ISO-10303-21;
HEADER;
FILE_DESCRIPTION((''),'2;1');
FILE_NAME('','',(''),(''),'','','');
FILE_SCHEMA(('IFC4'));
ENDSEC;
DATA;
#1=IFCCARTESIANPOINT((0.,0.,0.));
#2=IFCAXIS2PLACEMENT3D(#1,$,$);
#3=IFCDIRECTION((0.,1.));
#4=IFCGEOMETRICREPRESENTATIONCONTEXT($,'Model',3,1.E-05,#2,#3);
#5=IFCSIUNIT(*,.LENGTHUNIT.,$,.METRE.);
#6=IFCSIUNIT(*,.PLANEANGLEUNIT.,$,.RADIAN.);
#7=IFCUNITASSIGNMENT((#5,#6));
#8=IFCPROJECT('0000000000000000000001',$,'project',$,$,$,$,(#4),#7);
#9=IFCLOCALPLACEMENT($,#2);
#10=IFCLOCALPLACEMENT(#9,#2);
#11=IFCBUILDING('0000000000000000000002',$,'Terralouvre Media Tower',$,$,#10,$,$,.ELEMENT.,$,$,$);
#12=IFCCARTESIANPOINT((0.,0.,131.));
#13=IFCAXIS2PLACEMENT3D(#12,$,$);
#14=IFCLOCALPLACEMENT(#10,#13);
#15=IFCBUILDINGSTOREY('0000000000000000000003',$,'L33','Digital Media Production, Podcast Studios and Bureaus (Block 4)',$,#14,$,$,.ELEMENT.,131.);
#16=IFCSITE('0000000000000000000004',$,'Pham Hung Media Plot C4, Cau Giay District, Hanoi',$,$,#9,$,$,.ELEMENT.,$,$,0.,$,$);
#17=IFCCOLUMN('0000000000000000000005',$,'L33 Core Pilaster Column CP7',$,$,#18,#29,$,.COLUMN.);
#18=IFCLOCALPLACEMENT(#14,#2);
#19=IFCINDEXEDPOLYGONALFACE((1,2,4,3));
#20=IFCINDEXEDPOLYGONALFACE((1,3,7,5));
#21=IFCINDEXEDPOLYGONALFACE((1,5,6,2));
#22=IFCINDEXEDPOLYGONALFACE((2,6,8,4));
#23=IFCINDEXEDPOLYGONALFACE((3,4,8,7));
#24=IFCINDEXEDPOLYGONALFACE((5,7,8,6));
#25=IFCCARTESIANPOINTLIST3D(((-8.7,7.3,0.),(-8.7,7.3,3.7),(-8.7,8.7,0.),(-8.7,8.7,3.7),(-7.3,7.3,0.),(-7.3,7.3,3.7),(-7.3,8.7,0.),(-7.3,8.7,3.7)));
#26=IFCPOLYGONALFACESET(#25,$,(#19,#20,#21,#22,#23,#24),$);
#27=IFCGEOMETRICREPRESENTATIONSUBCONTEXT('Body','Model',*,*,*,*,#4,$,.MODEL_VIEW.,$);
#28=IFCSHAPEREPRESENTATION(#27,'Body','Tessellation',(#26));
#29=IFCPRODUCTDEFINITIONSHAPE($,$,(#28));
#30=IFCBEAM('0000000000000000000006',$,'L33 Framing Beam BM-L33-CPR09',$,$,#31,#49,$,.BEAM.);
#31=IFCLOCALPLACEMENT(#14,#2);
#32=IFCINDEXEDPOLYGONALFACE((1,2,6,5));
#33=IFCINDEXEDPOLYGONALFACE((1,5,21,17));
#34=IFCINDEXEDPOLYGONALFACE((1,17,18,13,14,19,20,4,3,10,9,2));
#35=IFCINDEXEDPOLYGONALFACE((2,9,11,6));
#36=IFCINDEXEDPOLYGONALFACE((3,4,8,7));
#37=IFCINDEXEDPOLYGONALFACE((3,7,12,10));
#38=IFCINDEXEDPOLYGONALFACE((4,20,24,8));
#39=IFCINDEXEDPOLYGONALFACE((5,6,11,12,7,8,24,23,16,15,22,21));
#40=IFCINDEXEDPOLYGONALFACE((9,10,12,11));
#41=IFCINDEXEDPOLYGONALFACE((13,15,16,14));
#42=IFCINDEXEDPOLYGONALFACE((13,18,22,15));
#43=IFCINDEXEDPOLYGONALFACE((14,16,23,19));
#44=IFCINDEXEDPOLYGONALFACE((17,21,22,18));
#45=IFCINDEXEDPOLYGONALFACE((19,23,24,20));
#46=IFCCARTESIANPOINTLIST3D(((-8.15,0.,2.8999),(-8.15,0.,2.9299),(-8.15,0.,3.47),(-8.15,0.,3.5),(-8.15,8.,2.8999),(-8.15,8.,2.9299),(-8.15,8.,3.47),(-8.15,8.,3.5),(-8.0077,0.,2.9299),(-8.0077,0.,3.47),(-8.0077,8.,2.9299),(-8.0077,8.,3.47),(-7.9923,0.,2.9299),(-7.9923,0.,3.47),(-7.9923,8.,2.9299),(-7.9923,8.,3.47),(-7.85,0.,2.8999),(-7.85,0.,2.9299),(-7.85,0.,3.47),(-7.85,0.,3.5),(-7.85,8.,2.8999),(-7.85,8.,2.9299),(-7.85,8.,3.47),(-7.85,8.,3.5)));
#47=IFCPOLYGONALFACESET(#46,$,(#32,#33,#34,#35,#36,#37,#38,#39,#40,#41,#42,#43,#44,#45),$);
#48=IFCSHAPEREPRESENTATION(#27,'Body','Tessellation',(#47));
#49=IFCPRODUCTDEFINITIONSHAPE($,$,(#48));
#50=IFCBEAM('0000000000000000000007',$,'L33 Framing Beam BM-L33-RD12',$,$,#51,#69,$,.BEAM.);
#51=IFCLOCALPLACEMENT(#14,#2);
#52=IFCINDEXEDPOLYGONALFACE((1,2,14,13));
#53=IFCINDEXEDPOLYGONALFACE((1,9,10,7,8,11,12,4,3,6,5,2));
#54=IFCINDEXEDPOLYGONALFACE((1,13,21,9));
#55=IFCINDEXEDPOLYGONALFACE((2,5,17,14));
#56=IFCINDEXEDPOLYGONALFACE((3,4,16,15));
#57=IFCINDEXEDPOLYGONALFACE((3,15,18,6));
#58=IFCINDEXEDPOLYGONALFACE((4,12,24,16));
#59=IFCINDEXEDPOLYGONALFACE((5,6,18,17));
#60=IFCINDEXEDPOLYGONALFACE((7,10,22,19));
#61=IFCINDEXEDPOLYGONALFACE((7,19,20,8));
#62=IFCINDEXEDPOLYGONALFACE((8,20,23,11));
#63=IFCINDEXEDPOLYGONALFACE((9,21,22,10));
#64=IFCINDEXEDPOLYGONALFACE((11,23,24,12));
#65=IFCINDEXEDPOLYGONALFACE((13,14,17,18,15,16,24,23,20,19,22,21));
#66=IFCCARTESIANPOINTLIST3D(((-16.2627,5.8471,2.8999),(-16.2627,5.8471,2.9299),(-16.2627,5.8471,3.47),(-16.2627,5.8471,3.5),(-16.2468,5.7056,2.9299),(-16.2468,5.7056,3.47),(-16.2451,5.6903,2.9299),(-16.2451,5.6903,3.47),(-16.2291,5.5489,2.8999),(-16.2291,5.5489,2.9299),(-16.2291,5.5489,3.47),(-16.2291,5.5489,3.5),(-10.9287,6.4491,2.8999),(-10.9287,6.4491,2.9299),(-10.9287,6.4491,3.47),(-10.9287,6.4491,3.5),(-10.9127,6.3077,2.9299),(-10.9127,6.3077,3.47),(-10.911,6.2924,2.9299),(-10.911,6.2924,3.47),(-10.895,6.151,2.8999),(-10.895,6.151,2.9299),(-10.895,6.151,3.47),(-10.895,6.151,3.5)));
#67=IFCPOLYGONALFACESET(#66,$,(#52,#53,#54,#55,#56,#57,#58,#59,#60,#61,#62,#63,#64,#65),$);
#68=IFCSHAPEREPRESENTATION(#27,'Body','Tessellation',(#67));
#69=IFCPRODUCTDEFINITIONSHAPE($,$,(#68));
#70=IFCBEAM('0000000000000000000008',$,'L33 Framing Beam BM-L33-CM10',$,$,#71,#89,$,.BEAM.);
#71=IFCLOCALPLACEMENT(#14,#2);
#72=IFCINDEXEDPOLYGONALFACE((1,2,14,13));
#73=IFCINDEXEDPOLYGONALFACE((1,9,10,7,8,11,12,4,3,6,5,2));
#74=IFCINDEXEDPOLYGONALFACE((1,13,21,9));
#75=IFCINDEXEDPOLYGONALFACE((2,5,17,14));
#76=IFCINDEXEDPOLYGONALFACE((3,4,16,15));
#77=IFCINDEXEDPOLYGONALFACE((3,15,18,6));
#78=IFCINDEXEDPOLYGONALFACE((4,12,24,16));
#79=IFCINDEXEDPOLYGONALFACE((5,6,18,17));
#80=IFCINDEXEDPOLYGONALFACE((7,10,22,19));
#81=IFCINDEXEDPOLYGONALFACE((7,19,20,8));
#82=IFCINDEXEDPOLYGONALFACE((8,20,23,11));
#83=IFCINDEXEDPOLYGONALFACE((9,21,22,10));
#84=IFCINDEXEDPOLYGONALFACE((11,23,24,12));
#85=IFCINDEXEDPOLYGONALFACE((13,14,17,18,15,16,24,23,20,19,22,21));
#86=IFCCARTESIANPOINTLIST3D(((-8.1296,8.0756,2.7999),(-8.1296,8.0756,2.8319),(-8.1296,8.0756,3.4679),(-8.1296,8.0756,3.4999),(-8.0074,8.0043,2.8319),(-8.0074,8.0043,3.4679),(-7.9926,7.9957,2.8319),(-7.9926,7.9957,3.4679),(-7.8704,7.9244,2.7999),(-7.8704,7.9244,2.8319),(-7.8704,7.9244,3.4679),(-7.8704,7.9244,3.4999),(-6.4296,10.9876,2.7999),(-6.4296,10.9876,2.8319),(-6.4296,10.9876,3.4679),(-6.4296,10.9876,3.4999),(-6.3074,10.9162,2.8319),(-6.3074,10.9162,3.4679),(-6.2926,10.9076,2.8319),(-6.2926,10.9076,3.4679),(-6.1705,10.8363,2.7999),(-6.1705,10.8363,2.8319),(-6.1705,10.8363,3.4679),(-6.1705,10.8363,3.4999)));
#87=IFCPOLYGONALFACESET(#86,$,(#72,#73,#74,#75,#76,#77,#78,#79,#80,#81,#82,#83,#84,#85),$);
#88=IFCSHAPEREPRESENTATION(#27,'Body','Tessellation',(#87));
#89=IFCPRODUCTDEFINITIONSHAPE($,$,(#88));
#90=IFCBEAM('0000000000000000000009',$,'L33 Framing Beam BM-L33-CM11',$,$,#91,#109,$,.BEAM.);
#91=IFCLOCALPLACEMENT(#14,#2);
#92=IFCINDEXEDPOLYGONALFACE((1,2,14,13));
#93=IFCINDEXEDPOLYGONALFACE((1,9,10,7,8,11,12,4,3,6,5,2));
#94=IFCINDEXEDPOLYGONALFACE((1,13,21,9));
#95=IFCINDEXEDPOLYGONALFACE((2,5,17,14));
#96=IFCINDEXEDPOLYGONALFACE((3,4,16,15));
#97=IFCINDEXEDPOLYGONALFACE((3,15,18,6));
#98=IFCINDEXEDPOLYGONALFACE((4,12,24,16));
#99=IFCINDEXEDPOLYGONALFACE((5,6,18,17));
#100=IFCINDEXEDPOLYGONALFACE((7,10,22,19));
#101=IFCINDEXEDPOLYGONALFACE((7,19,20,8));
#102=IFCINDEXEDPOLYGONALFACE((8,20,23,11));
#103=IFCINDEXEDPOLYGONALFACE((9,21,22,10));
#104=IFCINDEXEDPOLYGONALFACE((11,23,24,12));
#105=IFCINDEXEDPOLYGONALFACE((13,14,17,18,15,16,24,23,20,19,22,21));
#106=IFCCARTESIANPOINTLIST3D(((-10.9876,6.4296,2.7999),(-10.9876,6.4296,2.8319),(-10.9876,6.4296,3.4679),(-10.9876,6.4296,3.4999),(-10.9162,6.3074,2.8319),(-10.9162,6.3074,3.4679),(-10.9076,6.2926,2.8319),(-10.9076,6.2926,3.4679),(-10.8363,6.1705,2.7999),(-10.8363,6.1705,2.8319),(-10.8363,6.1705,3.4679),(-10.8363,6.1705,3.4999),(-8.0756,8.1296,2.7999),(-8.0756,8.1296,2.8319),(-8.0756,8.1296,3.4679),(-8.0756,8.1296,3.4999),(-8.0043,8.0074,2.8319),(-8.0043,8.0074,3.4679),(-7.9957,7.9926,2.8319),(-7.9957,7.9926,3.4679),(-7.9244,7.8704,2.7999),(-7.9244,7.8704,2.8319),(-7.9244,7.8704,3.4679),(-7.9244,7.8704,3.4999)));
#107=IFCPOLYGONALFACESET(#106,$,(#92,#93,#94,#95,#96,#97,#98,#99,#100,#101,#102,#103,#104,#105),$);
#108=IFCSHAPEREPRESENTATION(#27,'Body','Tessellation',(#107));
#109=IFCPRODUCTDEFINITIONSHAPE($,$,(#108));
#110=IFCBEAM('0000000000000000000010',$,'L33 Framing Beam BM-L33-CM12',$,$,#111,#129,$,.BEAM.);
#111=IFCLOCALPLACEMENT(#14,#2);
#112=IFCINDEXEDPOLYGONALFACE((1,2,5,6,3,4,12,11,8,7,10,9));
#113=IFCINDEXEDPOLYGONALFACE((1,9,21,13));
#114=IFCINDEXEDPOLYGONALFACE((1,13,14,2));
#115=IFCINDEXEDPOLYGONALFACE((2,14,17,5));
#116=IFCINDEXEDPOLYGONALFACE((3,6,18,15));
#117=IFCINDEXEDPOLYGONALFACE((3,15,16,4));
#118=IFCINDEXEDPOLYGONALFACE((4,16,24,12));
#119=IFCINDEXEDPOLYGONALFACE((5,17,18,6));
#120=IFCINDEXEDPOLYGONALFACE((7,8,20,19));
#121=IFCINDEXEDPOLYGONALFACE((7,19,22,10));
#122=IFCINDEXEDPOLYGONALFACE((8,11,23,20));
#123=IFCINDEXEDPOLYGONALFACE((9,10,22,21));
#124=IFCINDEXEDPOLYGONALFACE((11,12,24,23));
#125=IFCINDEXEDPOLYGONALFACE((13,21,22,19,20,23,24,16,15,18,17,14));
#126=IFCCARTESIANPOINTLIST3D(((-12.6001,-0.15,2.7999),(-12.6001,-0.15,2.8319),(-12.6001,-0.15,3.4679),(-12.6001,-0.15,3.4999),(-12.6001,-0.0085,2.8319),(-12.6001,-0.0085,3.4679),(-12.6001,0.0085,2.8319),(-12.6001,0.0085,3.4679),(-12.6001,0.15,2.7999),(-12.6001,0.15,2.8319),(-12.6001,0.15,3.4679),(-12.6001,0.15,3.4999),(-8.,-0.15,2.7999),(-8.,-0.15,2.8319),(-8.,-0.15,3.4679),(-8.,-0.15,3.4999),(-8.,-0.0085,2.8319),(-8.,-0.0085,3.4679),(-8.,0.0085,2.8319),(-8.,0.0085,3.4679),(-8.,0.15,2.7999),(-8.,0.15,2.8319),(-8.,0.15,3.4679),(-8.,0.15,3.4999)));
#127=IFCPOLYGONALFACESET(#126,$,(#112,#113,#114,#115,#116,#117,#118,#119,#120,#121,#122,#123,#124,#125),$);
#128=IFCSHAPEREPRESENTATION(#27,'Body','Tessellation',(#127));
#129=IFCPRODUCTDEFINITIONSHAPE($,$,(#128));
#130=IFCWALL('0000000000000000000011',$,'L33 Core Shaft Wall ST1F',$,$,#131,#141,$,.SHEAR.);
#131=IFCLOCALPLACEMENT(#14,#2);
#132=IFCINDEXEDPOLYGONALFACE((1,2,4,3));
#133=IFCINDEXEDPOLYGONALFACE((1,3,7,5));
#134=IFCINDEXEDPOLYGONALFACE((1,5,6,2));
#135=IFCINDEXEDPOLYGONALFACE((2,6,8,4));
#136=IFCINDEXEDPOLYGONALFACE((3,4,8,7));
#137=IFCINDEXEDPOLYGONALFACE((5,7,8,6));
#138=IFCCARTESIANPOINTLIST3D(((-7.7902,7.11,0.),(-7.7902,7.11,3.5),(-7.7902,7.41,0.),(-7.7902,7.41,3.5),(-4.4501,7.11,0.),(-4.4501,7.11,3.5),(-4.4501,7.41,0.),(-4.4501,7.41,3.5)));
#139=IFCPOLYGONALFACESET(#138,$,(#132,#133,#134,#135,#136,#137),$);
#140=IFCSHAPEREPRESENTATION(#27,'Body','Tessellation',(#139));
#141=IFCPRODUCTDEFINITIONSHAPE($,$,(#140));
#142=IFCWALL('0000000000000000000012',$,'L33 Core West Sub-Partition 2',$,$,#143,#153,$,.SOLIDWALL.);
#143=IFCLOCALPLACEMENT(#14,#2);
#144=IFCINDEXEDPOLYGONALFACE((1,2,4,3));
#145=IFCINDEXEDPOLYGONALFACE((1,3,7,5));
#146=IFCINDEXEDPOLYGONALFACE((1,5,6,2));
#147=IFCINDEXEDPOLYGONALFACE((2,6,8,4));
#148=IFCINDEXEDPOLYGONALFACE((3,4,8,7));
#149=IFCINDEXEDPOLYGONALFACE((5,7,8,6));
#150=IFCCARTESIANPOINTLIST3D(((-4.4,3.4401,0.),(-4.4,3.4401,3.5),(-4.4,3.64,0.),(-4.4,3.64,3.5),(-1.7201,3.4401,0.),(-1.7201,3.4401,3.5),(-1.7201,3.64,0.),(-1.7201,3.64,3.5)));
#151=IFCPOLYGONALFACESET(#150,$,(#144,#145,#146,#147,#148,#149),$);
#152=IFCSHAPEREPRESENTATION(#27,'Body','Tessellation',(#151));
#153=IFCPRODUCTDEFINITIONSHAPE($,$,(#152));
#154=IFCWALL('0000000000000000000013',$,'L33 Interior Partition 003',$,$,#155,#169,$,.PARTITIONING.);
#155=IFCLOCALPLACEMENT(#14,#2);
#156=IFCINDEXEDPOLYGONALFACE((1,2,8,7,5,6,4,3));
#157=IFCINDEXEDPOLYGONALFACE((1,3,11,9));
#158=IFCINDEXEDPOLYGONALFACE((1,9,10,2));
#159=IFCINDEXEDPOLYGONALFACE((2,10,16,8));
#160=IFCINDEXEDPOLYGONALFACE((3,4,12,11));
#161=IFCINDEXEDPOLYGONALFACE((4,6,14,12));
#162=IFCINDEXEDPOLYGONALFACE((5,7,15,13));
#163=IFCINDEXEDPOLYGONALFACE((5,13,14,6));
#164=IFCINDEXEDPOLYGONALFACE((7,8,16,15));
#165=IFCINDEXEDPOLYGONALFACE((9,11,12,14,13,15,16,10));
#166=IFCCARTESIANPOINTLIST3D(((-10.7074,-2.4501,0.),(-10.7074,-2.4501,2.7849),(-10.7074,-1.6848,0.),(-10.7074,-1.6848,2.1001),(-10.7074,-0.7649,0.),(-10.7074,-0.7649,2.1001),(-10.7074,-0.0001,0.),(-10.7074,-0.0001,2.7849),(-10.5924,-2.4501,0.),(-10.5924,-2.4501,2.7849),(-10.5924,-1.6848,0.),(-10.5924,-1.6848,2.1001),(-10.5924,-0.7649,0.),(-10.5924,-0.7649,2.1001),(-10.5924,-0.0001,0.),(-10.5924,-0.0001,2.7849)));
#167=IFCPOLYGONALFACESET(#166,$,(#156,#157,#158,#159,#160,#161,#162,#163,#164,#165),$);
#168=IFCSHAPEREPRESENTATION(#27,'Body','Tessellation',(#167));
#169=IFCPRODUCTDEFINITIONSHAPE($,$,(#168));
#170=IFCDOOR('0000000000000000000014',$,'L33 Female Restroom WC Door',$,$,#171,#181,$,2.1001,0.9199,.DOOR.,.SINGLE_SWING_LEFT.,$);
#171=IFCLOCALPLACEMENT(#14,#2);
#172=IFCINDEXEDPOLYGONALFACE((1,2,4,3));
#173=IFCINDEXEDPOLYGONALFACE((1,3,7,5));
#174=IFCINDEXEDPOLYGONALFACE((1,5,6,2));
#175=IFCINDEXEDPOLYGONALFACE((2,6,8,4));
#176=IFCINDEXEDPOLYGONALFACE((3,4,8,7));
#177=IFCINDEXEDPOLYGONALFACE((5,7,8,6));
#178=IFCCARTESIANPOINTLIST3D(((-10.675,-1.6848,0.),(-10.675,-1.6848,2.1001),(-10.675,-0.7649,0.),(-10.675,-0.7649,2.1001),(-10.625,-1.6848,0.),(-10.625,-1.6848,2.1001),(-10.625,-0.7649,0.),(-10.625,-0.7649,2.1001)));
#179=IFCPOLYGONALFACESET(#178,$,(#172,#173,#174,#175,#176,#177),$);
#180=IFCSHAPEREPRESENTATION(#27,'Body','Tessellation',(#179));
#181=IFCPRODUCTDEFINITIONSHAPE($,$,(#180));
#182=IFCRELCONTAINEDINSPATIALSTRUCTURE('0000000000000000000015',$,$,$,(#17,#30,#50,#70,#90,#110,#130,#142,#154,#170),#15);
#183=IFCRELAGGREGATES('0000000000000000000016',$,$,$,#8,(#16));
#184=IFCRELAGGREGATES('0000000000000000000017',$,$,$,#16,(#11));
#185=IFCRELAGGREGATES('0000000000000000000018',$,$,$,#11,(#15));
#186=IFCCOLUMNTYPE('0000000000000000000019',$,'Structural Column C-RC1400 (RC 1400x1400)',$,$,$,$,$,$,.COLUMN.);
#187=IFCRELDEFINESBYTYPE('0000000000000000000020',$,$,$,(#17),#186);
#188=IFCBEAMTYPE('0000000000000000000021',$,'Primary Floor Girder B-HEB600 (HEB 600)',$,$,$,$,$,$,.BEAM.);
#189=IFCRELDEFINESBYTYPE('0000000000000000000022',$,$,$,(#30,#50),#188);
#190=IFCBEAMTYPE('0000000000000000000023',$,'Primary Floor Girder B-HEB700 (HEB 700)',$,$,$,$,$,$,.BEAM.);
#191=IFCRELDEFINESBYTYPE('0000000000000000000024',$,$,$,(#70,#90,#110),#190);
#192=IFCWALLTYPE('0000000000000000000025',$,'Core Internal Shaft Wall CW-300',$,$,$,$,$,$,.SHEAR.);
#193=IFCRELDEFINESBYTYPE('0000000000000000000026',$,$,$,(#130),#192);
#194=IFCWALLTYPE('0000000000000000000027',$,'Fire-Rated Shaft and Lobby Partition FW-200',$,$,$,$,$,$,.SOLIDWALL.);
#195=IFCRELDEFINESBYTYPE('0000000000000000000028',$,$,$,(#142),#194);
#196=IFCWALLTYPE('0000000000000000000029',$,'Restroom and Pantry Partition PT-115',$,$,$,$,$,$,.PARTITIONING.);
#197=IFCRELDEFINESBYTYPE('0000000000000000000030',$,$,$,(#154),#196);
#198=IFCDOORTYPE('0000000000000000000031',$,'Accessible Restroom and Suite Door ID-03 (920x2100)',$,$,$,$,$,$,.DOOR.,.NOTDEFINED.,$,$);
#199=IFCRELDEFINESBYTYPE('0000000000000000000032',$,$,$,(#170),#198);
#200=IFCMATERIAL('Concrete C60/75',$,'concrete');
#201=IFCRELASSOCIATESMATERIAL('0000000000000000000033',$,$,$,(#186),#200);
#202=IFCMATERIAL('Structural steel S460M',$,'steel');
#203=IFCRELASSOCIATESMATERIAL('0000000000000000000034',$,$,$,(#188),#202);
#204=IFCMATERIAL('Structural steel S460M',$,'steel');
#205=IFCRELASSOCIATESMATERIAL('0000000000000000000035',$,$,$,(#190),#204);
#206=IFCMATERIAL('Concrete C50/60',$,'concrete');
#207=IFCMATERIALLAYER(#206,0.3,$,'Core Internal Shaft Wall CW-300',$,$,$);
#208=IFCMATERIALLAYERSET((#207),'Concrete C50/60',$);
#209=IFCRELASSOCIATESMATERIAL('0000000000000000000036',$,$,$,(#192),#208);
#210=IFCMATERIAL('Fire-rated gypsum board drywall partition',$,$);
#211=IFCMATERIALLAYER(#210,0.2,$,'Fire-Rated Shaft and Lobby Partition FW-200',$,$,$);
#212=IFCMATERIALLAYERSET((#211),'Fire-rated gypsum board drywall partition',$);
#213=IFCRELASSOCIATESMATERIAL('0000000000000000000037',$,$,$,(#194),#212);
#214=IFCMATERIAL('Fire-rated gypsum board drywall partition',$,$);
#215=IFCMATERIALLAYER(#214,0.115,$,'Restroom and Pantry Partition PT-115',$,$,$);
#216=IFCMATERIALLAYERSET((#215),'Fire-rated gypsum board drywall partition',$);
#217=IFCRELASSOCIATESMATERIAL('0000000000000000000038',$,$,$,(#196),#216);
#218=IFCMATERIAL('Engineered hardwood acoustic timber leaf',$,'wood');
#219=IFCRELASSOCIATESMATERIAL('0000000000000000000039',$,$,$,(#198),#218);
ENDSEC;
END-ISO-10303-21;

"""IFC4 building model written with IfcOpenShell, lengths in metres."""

from ifc_helpers import new_model, si_unit, direction, frame, frame_2d, origin, origin_2d, place, context, subcontext, project, spatial, rectangle, i_section, extrude, material, layer, layer_set, material_profile, profile_set, type_object, element, fill, save


model = new_model("IFC4")

# Units and contexts
model_context = context("Model", 3, precision=1e-05, world=origin(), true_north=direction((0.0, 1.0)))
body_context = subcontext(model_context, "Body", "Model", "MODEL_VIEW")
ifc_project = project(units=[si_unit("LENGTHUNIT", "METRE"), si_unit("PLANEANGLEUNIT", "RADIAN")], contexts=[model_context])

# Site, building, storey
site_placement = place(None, origin())
site = spatial("IfcSite", under=ifc_project, at=site_placement, Name="Pham Hung Media Plot C4, Cau Giay District, Hanoi", CompositionType="ELEMENT", RefElevation=0.0)
building_placement = place(site_placement, origin())
building = spatial("IfcBuilding", under=site, at=building_placement, Name="Terralouvre Media Tower", CompositionType="ELEMENT")
storey_placement = place(building_placement, frame((0.0, 0.0, 131.0)))
storey = spatial("IfcBuildingStorey", under=building, at=storey_placement, Name="L33", Description="Digital Media Production, Podcast Studios and Bureaus (Block 4)", CompositionType="ELEMENT", Elevation=131.0)

# Column
ifc_material_1 = material(Name="Concrete C60/75", Category="concrete")
ifc_material_profile_1 = material_profile(ifc_material_1, rectangle(XDim=1.3999, YDim=1.3999, at=origin_2d()), Name="RC 1400x1400")
ifc_profile_set_1 = profile_set([ifc_material_profile_1], Name="Concrete C60/75")
column_type = type_object("IfcColumnType", Name="Structural Column C-RC1400 (RC 1400x1400)", PredefinedType="COLUMN", material=ifc_profile_set_1)
column_placement = place(storey_placement, frame((-8.0, 8.0, 0.0), z_axis=(0.0, 0.0, 1.0), x_axis=(1.0, 0.0, 0.0)))
element("IfcColumn", 1, at=column_placement, inside=storey, type_object=column_type, Name="L33 Core Pilaster Column CP7", PredefinedType="COLUMN", context=body_context, shape_type="SweptSolid", body=[
    extrude(rectangle(XDim=1.3999, YDim=1.3999, at=origin_2d()), origin(), (0.0, 0.0, 1.0), 3.7),
])

# Beams
ifc_material_2 = material(Name="Structural steel S460M", Category="steel")
ifc_material_profile_2 = material_profile(ifc_material_2, i_section(OverallWidth=0.3, OverallDepth=0.6001, WebThickness=0.0154, FlangeThickness=0.03, at=origin_2d()), Name="HEB 600")
ifc_profile_set_2 = profile_set([ifc_material_profile_2], Name="Structural steel S460M")
beam_type_1 = type_object("IfcBeamType", Name="Primary Floor Girder B-HEB600 (HEB 600)", PredefinedType="BEAM", material=ifc_profile_set_2)
beam_1_placement = place(storey_placement, frame((-8.0, 8.0, 3.2), z_axis=(0.0, -1.0, 0.0), x_axis=(1.0, 0.0, 0.0)))
element("IfcBeam", 2, at=beam_1_placement, inside=storey, type_object=beam_type_1, Name="L33 Framing Beam BM-L33-CPR09", PredefinedType="BEAM", context=body_context, shape_type="SweptSolid", body=[
    extrude(i_section(OverallWidth=0.3, OverallDepth=0.6001, WebThickness=0.0154, FlangeThickness=0.03, at=origin_2d()), origin(), (0.0, 0.0, 1.0), 8.0),
])
beam_2_placement = place(storey_placement, frame((-10.9119, 6.3, 3.2), z_axis=(-0.99369, -0.112159, 0.0), x_axis=(0.112159, -0.99369, 0.0)))
element("IfcBeam", 3, at=beam_2_placement, inside=storey, type_object=beam_type_1, Name="L33 Framing Beam BM-L33-RD12", PredefinedType="BEAM", context=body_context, shape_type="SweptSolid", body=[
    extrude(i_section(OverallWidth=0.3, OverallDepth=0.6001, WebThickness=0.0154, FlangeThickness=0.03, at=origin_2d()), origin(), (0.0, 0.0, 1.0), 5.3679),
])
ifc_material_3 = material(Name="Structural steel S460M", Category="steel")
ifc_material_profile_3 = material_profile(ifc_material_3, i_section(OverallWidth=0.3, OverallDepth=0.7, WebThickness=0.0171, FlangeThickness=0.032, at=origin_2d()), Name="HEB 700")
ifc_profile_set_3 = profile_set([ifc_material_profile_3], Name="Structural steel S460M")
beam_type_2 = type_object("IfcBeamType", Name="Primary Floor Girder B-HEB700 (HEB 700)", PredefinedType="BEAM", material=ifc_profile_set_3)
for number, where, z_axis, x_axis, name in (
    (4, (-8.0, 8.0, 3.1499), (0.504173, 0.863603, 0.0), (-0.863603, 0.504173, 0.0), "L33 Framing Beam BM-L33-CM10"),
    (5, (-8.0, 8.0, 3.1499), (-0.863603, -0.504173, 0.0), (0.504173, -0.863603, 0.0), "L33 Framing Beam BM-L33-CM11"),
):
    element("IfcBeam", number, at=place(storey_placement, frame(where, z_axis=z_axis, x_axis=x_axis)), inside=storey, type_object=beam_type_2, Name=name, PredefinedType="BEAM", context=body_context, shape_type="SweptSolid", body=[
        extrude(i_section(OverallWidth=0.3, OverallDepth=0.7, WebThickness=0.0171, FlangeThickness=0.032, at=origin_2d()), origin(), (0.0, 0.0, 1.0), 3.3718),
    ])
beam_3_placement = place(storey_placement, frame((-8.0, 0.0, 3.1499), z_axis=(-1.0, 0.0, 0.0), x_axis=(0.0, -1.0, 0.0)))
element("IfcBeam", 6, at=beam_3_placement, inside=storey, type_object=beam_type_2, Name="L33 Framing Beam BM-L33-CM12", PredefinedType="BEAM", context=body_context, shape_type="SweptSolid", body=[
    extrude(i_section(OverallWidth=0.3, OverallDepth=0.7, WebThickness=0.0171, FlangeThickness=0.032, at=origin_2d()), origin(), (0.0, 0.0, 1.0), 4.6001),
])

# Shared definitions
ifc_material_4 = material(Name="Concrete C50/60", Category="concrete")
ifc_layer_1 = layer(ifc_material_4, 0.3, Name="Core Internal Shaft Wall CW-300")
ifc_layer_set_1 = layer_set([ifc_layer_1], Name="Concrete C50/60")
wall_type_1 = type_object("IfcWallType", Name="Core Internal Shaft Wall CW-300", PredefinedType="SHEAR", material=ifc_layer_set_1)

# Walls
wall_1_placement = place(storey_placement, frame((-7.79, 7.26, 0.0), z_axis=(0.0, 0.0, 1.0), x_axis=(1.0, 0.0, 0.0)))
element("IfcWall", 7, at=wall_1_placement, inside=storey, type_object=wall_type_1, Name="L33 Core Shaft Wall ST1F", PredefinedType="SHEAR", context=body_context, shape_type="SweptSolid", body=[
    extrude(rectangle(XDim=3.3401, YDim=0.3, at=frame_2d((1.6699, 0.0))), origin(), (0.0, 0.0, 1.0), 3.5),
])
ifc_material_5 = material(Name="Fire-rated gypsum board drywall partition")
ifc_layer_2 = layer(ifc_material_5, 0.2, Name="Fire-Rated Shaft and Lobby Partition FW-200")
ifc_layer_set_2 = layer_set([ifc_layer_2], Name="Fire-rated gypsum board drywall partition")
wall_type_2 = type_object("IfcWallType", Name="Fire-Rated Shaft and Lobby Partition FW-200", PredefinedType="SOLIDWALL", material=ifc_layer_set_2)
wall_2_placement = place(storey_placement, frame((-4.3999, 3.54, 0.0), z_axis=(0.0, 0.0, 1.0), x_axis=(1.0, 0.0, 0.0)))
element("IfcWall", 8, at=wall_2_placement, inside=storey, type_object=wall_type_2, Name="L33 Core West Sub-Partition 2", PredefinedType="SOLIDWALL", context=body_context, shape_type="SweptSolid", body=[
    extrude(rectangle(XDim=2.6799, YDim=0.2, at=frame_2d((1.3398, 0.0))), origin(), (0.0, 0.0, 1.0), 3.5),
])

# Wall, opening, door
ifc_material_6 = material(Name="Fire-rated gypsum board drywall partition")
ifc_layer_3 = layer(ifc_material_6, 0.115, Name="Restroom and Pantry Partition PT-115")
ifc_layer_set_3 = layer_set([ifc_layer_3], Name="Fire-rated gypsum board drywall partition")
wall_type_3 = type_object("IfcWallType", Name="Restroom and Pantry Partition PT-115", PredefinedType="PARTITIONING", material=ifc_layer_set_3)
wall_3_placement = place(storey_placement, frame((-10.6499, 0.0, 0.0), z_axis=(0.0, 0.0, 1.0), x_axis=(0.0, -1.0, 0.0)))
wall_3 = element("IfcWall", 9, at=wall_3_placement, inside=storey, type_object=wall_type_3, Name="L33 Interior Partition 003", PredefinedType="PARTITIONING", context=body_context, shape_type="SweptSolid", body=[
    extrude(rectangle(XDim=2.45, YDim=0.115, at=frame_2d((1.2251, 0.0))), origin(), (0.0, 0.0, 1.0), 2.7849),
])
opening_1_placement = place(wall_3_placement, frame((0.7649, 0.0, 0.0)))
opening_1 = element("IfcOpeningElement", 10, at=opening_1_placement, cuts=wall_3, PredefinedType="OPENING", context=body_context, shape_type="SweptSolid", body=[
    extrude(rectangle(XDim=0.9199, YDim=2.1001, at=frame_2d((0.46, 1.05))), frame((0.0, 0.0674, 0.0), z_axis=(0.0, -1.0, 0.0), x_axis=(1.0, 0.0, 0.0)), (0.0, 0.0, 1.0), 0.135),
])
ifc_material_7 = material(Name="Engineered hardwood acoustic timber leaf", Category="wood")
door_type_1 = type_object("IfcDoorType", Name="Accessible Restroom and Suite Door ID-03 (920x2100)", OperationType="NOTDEFINED", PredefinedType="DOOR", material=ifc_material_7)
door_1_placement = place(opening_1_placement, origin())
door_1 = element("IfcDoor", 11, at=door_1_placement, inside=storey, type_object=door_type_1, Name="L33 Female Restroom WC Door", OperationType="SINGLE_SWING_LEFT", OverallHeight=2.1001, OverallWidth=0.9199, PredefinedType="DOOR", context=body_context, shape_type="SweptSolid", body=[
    extrude(rectangle(XDim=0.9199, YDim=2.1001, at=frame_2d((0.46, 1.05))), frame((0.0, 0.0249, 0.0), z_axis=(0.0, -1.0, 0.0), x_axis=(1.0, 0.0, 0.0)), (0.0, 0.0, 1.0), 0.05),
])
fill(opening_1, door_1)

save(model, "model.ifc")
